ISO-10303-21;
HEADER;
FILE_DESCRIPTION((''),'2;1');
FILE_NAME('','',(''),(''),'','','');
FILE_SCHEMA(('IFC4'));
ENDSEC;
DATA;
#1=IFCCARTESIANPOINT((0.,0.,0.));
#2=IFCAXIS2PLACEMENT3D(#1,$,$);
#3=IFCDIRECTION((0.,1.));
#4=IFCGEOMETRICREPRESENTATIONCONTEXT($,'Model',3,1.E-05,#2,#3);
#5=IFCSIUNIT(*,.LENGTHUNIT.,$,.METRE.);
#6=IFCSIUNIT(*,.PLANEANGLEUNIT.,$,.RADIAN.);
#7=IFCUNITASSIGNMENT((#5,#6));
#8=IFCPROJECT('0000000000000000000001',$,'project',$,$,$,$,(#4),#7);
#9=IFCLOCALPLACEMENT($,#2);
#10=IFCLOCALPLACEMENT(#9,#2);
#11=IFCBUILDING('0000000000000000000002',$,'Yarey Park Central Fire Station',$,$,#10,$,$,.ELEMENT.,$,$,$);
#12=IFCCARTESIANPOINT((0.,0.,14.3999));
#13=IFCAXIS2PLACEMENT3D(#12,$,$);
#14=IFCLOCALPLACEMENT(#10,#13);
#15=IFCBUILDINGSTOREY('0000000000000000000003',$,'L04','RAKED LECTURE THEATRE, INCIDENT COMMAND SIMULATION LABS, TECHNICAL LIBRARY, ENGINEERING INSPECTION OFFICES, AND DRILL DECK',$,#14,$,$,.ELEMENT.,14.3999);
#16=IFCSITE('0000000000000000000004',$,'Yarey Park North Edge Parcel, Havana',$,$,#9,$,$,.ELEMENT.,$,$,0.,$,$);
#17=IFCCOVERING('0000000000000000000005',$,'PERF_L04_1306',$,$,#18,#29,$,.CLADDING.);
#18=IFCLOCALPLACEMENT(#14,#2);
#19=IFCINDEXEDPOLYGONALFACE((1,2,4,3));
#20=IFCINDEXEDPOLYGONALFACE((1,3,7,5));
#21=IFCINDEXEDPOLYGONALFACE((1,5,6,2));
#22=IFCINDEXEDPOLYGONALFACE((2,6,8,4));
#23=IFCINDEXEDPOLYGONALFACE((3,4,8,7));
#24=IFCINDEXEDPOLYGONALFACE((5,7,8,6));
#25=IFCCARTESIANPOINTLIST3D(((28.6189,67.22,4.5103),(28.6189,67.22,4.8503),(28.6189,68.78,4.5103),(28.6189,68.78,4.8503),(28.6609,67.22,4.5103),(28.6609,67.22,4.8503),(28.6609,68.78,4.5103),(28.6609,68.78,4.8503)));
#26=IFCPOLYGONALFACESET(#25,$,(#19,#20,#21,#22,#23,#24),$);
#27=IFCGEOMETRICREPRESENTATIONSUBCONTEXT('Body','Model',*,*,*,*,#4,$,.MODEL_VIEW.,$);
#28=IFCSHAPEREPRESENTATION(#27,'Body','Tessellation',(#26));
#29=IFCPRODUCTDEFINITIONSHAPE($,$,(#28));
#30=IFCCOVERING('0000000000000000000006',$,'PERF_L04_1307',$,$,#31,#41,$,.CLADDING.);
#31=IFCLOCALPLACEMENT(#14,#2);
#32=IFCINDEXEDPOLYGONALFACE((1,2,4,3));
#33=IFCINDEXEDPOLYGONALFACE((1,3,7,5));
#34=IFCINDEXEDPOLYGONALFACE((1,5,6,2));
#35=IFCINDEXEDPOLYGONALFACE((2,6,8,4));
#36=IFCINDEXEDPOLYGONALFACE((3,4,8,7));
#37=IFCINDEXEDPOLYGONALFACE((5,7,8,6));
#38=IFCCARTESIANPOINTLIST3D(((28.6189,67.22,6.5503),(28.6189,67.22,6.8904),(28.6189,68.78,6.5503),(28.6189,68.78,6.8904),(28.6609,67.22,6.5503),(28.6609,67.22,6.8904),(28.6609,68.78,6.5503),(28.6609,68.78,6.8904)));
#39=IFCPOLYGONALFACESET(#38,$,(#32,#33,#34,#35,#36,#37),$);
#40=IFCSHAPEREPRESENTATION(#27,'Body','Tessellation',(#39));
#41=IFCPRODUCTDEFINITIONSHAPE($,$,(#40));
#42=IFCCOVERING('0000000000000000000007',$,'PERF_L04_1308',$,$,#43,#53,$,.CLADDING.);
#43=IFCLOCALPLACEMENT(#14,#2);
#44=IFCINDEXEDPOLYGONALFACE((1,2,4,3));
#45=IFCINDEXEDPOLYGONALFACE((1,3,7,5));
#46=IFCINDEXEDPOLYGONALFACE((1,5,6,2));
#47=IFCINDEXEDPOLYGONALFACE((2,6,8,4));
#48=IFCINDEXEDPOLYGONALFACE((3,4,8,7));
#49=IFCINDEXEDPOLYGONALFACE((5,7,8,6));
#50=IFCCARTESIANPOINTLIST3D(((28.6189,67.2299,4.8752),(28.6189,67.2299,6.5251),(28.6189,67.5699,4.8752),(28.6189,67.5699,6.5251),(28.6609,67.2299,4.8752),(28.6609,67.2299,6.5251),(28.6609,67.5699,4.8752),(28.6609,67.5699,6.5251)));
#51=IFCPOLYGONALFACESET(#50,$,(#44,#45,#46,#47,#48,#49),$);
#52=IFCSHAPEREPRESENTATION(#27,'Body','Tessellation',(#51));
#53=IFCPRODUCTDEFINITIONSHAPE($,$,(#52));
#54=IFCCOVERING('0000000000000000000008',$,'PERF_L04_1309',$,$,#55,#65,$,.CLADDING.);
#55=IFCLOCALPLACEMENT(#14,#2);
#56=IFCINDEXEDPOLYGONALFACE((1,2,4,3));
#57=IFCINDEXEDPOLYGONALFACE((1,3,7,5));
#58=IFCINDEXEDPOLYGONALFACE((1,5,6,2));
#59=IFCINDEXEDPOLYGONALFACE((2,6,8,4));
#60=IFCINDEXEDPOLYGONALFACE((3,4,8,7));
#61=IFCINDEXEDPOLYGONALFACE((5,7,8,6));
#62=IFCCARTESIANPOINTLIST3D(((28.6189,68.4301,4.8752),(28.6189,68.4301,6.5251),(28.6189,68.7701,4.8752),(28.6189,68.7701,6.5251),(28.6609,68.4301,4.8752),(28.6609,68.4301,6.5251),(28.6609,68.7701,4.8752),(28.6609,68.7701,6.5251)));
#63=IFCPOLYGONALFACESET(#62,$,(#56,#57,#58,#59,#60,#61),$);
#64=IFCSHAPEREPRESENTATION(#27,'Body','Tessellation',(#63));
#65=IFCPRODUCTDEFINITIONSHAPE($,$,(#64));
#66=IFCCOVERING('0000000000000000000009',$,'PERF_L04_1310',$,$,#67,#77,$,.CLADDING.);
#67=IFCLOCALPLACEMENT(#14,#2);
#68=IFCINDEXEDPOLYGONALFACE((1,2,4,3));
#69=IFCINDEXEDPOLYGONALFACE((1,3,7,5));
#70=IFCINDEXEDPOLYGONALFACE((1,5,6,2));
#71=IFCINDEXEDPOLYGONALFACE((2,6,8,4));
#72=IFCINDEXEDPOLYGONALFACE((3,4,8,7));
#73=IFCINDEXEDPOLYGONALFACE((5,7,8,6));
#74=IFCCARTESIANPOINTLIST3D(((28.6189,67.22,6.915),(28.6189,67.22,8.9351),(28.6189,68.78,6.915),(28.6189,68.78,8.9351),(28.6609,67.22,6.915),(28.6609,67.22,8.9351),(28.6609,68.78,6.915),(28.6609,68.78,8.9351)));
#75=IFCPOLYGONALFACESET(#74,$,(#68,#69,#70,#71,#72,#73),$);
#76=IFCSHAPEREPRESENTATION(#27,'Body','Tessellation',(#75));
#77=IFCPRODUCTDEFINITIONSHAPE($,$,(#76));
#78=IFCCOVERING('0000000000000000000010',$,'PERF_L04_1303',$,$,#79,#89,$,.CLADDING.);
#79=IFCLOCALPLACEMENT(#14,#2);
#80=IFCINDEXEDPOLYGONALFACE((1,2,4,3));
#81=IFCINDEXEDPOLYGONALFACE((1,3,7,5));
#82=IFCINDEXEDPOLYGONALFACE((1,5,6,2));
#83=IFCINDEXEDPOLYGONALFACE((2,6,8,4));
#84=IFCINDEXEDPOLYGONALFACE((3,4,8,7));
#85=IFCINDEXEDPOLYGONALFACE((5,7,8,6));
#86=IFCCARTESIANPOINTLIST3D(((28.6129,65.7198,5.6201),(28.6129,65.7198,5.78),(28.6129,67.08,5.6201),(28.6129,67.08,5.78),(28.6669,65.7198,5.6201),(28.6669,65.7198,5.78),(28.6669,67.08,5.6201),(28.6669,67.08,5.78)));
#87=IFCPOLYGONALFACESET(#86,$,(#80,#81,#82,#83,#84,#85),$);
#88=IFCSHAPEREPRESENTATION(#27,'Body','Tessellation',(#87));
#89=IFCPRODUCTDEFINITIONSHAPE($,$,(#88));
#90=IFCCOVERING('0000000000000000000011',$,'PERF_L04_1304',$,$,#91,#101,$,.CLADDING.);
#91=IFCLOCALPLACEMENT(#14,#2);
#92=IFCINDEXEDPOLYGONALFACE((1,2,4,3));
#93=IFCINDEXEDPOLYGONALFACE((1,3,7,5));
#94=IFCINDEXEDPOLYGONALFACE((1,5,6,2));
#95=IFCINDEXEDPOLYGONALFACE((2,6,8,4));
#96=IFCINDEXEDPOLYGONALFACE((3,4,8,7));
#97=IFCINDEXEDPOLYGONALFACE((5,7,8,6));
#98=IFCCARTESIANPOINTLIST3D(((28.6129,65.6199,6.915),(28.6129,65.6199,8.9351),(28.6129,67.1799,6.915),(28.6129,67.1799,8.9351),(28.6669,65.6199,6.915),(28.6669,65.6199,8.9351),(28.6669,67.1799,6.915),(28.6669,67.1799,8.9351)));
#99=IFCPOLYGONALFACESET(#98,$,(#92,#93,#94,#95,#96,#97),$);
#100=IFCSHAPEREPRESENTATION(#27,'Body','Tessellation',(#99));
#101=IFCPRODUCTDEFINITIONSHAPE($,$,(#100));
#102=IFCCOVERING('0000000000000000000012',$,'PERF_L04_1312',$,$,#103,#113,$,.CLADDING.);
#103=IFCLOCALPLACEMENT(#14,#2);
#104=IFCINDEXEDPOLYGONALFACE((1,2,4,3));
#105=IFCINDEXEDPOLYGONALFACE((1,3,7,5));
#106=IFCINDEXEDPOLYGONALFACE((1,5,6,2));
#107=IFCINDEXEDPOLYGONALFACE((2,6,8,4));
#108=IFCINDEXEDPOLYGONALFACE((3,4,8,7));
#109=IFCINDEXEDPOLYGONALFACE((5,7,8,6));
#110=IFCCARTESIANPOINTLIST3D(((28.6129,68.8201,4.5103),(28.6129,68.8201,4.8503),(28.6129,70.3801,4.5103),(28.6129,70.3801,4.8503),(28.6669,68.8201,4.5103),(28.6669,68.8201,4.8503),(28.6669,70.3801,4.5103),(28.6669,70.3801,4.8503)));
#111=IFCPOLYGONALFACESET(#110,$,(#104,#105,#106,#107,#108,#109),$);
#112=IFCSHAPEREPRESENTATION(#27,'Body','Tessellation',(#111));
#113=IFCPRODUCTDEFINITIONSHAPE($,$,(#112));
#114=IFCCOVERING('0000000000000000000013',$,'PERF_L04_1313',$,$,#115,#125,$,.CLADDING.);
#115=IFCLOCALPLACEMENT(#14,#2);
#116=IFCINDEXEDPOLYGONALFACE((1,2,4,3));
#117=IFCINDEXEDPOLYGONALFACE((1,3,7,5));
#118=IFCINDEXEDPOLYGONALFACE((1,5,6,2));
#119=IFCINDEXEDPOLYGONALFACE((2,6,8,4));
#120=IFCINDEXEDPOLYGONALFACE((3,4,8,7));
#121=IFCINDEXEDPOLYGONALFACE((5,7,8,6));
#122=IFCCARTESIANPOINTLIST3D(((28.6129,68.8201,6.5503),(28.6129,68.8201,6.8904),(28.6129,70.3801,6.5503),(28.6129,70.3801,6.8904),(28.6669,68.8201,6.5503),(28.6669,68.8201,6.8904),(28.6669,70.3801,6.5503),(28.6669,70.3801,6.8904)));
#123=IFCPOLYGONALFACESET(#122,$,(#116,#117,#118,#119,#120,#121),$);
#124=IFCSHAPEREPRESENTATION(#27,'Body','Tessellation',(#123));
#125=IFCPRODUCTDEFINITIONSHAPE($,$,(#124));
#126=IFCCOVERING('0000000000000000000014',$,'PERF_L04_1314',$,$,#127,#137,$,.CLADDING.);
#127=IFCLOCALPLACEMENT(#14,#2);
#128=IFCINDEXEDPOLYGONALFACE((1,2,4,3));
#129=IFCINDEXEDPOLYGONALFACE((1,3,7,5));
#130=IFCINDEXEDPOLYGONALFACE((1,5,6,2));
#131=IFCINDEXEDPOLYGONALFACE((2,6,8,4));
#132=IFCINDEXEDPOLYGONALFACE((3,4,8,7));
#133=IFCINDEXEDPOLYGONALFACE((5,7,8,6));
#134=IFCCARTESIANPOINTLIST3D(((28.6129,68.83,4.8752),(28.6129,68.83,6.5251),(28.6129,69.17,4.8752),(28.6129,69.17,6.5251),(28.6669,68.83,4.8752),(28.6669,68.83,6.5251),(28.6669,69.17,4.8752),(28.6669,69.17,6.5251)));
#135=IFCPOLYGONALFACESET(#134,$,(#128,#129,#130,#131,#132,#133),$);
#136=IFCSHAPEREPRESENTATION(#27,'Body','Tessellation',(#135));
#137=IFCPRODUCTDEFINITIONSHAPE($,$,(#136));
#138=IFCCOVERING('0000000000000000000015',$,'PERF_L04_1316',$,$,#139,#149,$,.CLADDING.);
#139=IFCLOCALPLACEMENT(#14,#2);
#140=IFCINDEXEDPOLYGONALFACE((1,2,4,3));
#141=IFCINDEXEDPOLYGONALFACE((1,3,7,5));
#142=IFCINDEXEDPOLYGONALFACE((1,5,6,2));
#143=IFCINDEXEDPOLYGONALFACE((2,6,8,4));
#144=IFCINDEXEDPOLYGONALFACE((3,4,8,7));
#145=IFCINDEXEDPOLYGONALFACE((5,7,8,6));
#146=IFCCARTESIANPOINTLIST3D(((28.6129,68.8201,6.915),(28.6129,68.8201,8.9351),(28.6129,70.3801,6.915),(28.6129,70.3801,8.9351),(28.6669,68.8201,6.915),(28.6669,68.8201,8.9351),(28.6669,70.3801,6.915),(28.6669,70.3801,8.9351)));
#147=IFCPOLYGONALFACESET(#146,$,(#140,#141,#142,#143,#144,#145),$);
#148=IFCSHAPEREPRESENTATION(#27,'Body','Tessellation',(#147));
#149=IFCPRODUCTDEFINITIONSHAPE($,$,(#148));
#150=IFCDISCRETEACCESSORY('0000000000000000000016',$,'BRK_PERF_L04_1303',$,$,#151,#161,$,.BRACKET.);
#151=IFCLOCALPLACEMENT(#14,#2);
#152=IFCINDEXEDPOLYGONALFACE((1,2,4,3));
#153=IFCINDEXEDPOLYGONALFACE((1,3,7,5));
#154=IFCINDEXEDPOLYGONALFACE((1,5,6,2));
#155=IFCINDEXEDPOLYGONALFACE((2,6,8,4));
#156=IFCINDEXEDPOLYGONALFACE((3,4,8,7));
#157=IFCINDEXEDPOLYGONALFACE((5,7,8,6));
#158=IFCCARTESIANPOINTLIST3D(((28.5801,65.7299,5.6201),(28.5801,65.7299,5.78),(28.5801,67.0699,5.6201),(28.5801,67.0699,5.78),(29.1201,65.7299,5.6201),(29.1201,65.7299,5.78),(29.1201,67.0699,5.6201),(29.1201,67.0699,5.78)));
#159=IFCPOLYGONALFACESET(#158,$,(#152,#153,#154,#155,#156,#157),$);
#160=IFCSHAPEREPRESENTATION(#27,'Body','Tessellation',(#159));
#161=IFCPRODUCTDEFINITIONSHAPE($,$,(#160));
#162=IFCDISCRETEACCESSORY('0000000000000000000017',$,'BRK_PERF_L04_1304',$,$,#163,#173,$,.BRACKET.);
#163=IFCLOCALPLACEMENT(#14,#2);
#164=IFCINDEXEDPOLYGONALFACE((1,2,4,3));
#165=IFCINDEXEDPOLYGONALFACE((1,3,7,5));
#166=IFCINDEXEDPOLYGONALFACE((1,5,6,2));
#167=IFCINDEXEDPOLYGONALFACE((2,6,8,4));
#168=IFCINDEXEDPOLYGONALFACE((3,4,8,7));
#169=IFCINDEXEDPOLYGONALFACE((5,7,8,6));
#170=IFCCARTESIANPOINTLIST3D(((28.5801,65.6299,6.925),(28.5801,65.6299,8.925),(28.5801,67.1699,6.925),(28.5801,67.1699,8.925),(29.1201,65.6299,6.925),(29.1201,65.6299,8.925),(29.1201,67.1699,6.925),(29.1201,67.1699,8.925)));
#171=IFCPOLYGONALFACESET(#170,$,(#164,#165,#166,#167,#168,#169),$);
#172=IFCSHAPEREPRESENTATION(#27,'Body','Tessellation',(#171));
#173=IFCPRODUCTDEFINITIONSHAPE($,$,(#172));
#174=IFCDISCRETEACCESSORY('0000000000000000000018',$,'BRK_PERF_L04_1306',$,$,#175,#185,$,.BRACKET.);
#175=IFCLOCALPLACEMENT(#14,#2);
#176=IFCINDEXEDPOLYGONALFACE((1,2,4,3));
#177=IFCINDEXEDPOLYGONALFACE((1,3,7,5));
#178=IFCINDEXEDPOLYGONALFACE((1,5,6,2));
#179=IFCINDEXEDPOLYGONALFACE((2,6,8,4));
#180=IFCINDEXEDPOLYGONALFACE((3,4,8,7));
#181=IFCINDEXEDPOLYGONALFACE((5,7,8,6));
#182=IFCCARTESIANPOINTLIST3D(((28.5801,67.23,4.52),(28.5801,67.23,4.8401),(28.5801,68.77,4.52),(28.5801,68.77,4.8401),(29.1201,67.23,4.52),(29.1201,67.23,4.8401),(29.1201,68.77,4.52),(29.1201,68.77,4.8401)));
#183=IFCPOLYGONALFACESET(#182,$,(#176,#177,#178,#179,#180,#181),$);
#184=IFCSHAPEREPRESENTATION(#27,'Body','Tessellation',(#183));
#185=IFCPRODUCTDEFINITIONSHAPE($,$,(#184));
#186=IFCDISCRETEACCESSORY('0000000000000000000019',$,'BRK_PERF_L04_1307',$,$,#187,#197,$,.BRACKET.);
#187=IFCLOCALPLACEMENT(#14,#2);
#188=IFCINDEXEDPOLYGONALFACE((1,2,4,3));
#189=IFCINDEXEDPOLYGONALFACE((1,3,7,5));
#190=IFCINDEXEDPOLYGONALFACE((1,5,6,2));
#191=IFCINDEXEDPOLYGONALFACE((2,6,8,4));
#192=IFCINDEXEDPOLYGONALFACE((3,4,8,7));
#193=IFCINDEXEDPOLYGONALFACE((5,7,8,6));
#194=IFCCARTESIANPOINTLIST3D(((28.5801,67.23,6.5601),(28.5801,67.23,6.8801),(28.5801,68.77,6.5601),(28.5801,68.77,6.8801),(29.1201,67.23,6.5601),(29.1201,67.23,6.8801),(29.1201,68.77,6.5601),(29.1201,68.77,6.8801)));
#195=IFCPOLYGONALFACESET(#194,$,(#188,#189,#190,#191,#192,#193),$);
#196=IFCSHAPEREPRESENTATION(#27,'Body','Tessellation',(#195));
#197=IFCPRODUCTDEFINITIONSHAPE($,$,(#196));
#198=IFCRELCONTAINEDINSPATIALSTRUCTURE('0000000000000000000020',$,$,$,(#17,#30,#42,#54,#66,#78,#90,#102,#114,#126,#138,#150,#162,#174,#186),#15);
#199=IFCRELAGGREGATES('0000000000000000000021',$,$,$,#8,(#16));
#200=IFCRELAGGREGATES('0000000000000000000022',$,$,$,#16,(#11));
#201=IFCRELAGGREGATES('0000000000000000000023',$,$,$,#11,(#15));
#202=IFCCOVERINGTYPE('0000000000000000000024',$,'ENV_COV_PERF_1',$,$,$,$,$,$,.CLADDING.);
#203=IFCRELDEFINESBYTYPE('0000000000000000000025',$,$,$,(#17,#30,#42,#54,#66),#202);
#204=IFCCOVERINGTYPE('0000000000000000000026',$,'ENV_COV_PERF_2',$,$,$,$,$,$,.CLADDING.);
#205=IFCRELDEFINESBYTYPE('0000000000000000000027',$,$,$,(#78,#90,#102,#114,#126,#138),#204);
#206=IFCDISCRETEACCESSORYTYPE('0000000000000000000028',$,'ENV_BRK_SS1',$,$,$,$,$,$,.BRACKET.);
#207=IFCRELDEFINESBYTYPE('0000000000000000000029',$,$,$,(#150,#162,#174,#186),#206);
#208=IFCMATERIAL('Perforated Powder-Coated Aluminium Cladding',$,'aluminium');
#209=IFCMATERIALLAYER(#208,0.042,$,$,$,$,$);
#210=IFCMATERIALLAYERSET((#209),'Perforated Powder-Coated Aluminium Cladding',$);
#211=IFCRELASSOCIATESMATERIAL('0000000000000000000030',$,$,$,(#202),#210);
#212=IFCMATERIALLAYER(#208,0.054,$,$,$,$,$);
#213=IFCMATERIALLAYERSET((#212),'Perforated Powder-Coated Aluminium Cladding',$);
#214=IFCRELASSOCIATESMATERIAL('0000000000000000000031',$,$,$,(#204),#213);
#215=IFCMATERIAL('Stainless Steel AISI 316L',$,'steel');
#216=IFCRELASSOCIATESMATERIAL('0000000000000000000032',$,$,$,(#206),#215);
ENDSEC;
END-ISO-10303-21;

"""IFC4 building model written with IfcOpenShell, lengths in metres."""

from ifc_helpers import new_model, si_unit, direction, frame, origin, origin_2d, place, context, subcontext, project, spatial, rectangle, extrude, material, layer, layer_set, type_object, element, save


model = new_model("IFC4")

# Units and contexts
model_context = context("Model", 3, precision=1e-05, world=origin(), true_north=direction((0.0, 1.0)))
body_context = subcontext(model_context, "Body", "Model", "MODEL_VIEW")
ifc_project = project(units=[si_unit("LENGTHUNIT", "METRE"), si_unit("PLANEANGLEUNIT", "RADIAN")], contexts=[model_context])

# Site, building, storey
site_placement = place(None, origin())
site = spatial("IfcSite", under=ifc_project, at=site_placement, Name="Yarey Park North Edge Parcel, Havana", CompositionType="ELEMENT", RefElevation=0.0)
building_placement = place(site_placement, origin())
building = spatial("IfcBuilding", under=site, at=building_placement, Name="Yarey Park Central Fire Station", CompositionType="ELEMENT")
storey_placement = place(building_placement, frame((0.0, 0.0, 14.3999)))
storey = spatial("IfcBuildingStorey", under=building, at=storey_placement, Name="L04", Description="RAKED LECTURE THEATRE, INCIDENT COMMAND SIMULATION LABS, TECHNICAL LIBRARY, ENGINEERING INSPECTION OFFICES, AND DRILL DECK", CompositionType="ELEMENT", Elevation=14.3999)

# Coverings
ifc_material_1 = material(Name="Perforated Powder-Coated Aluminium Cladding", Category="aluminium")
ifc_layer_1 = layer(ifc_material_1, 0.042)
ifc_layer_set_1 = layer_set([ifc_layer_1], Name="Perforated Powder-Coated Aluminium Cladding")
covering_type_1 = type_object("IfcCoveringType", Name="ENV_COV_PERF_1", PredefinedType="CLADDING", material=ifc_layer_set_1)
for number, where, z_axis, x_axis, name in (
    (1, (28.6399, 68.0, 4.5103), (0.0, 0.0, 1.0), (0.0, 1.0, 0.0), "PERF_L04_1306"),
    (2, (28.6399, 68.0, 6.5503), (0.0, 0.0, 1.0), (0.0, 1.0, 0.0), "PERF_L04_1307"),
):
    element("IfcCovering", number, at=place(storey_placement, frame(where, z_axis=z_axis, x_axis=x_axis)), inside=storey, type_object=covering_type_1, Name=name, PredefinedType="CLADDING", context=body_context, shape_type="SweptSolid", body=[
        extrude(rectangle(XDim=1.5601, YDim=0.042, at=origin_2d()), origin(), (0.0, 0.0, 1.0), 0.3401),
    ])
for number, where, z_axis, x_axis, name in (
    (3, (28.6399, 67.3999, 4.8752), (0.0, 0.0, 1.0), (0.0, 1.0, 0.0), "PERF_L04_1308"),
    (4, (28.6399, 68.6001, 4.8752), (0.0, 0.0, 1.0), (0.0, 1.0, 0.0), "PERF_L04_1309"),
):
    element("IfcCovering", number, at=place(storey_placement, frame(where, z_axis=z_axis, x_axis=x_axis)), inside=storey, type_object=covering_type_1, Name=name, PredefinedType="CLADDING", context=body_context, shape_type="SweptSolid", body=[
        extrude(rectangle(XDim=0.3401, YDim=0.042, at=origin_2d()), origin(), (0.0, 0.0, 1.0), 1.6499),
    ])
covering_1_placement = place(storey_placement, frame((28.6399, 68.0, 6.915), z_axis=(0.0, 0.0, 1.0), x_axis=(0.0, 1.0, 0.0)))
element("IfcCovering", 5, at=covering_1_placement, inside=storey, type_object=covering_type_1, Name="PERF_L04_1310", PredefinedType="CLADDING", context=body_context, shape_type="SweptSolid", body=[
    extrude(rectangle(XDim=1.5601, YDim=0.042, at=origin_2d()), origin(), (0.0, 0.0, 1.0), 2.02),
])
ifc_layer_2 = layer(ifc_material_1, 0.054)
ifc_layer_set_2 = layer_set([ifc_layer_2], Name="Perforated Powder-Coated Aluminium Cladding")
covering_type_2 = type_object("IfcCoveringType", Name="ENV_COV_PERF_2", PredefinedType="CLADDING", material=ifc_layer_set_2)
covering_2_placement = place(storey_placement, frame((28.6399, 66.3999, 5.6201), z_axis=(0.0, 0.0, 1.0), x_axis=(0.0, 1.0, 0.0)))
element("IfcCovering", 6, at=covering_2_placement, inside=storey, type_object=covering_type_2, Name="PERF_L04_1303", PredefinedType="CLADDING", context=body_context, shape_type="SweptSolid", body=[
    extrude(rectangle(XDim=1.3601, YDim=0.054, at=origin_2d()), origin(), (0.0, 0.0, 1.0), 0.1599),
])
covering_3_placement = place(storey_placement, frame((28.6399, 66.3999, 6.915), z_axis=(0.0, 0.0, 1.0), x_axis=(0.0, 1.0, 0.0)))
element("IfcCovering", 7, at=covering_3_placement, inside=storey, type_object=covering_type_2, Name="PERF_L04_1304", PredefinedType="CLADDING", context=body_context, shape_type="SweptSolid", body=[
    extrude(rectangle(XDim=1.5601, YDim=0.054, at=origin_2d()), origin(), (0.0, 0.0, 1.0), 2.02),
])
for number, where, z_axis, x_axis, name in (
    (8, (28.6399, 69.6001, 4.5103), (0.0, 0.0, 1.0), (0.0, 1.0, 0.0), "PERF_L04_1312"),
    (9, (28.6399, 69.6001, 6.5503), (0.0, 0.0, 1.0), (0.0, 1.0, 0.0), "PERF_L04_1313"),
):
    element("IfcCovering", number, at=place(storey_placement, frame(where, z_axis=z_axis, x_axis=x_axis)), inside=storey, type_object=covering_type_2, Name=name, PredefinedType="CLADDING", context=body_context, shape_type="SweptSolid", body=[
        extrude(rectangle(XDim=1.5601, YDim=0.054, at=origin_2d()), origin(), (0.0, 0.0, 1.0), 0.3401),
    ])
covering_4_placement = place(storey_placement, frame((28.6399, 69.0, 4.8752), z_axis=(0.0, 0.0, 1.0), x_axis=(0.0, 1.0, 0.0)))
element("IfcCovering", 10, at=covering_4_placement, inside=storey, type_object=covering_type_2, Name="PERF_L04_1314", PredefinedType="CLADDING", context=body_context, shape_type="SweptSolid", body=[
    extrude(rectangle(XDim=0.3401, YDim=0.054, at=origin_2d()), origin(), (0.0, 0.0, 1.0), 1.6499),
])
covering_5_placement = place(storey_placement, frame((28.6399, 69.6001, 6.915), z_axis=(0.0, 0.0, 1.0), x_axis=(0.0, 1.0, 0.0)))
element("IfcCovering", 11, at=covering_5_placement, inside=storey, type_object=covering_type_2, Name="PERF_L04_1316", PredefinedType="CLADDING", context=body_context, shape_type="SweptSolid", body=[
    extrude(rectangle(XDim=1.5601, YDim=0.054, at=origin_2d()), origin(), (0.0, 0.0, 1.0), 2.02),
])

# Discrete accessories
ifc_material_2 = material(Name="Stainless Steel AISI 316L", Category="steel")
discrete_accessory_type = type_object("IfcDiscreteAccessoryType", Name="ENV_BRK_SS1", PredefinedType="BRACKET", material=ifc_material_2)
discrete_accessory_1_placement = place(storey_placement, frame((28.8501, 66.3999, 5.6201), z_axis=(0.0, 0.0, 1.0), x_axis=(1.0, 0.0, 0.0)))
element("IfcDiscreteAccessory", 12, at=discrete_accessory_1_placement, inside=storey, type_object=discrete_accessory_type, Name="BRK_PERF_L04_1303", PredefinedType="BRACKET", context=body_context, shape_type="SweptSolid", body=[
    extrude(rectangle(XDim=0.54, YDim=1.3401, at=origin_2d()), origin(), (0.0, 0.0, 1.0), 0.1599),
])
discrete_accessory_2_placement = place(storey_placement, frame((28.8501, 66.3999, 6.925), z_axis=(0.0, 0.0, 1.0), x_axis=(1.0, 0.0, 0.0)))
element("IfcDiscreteAccessory", 13, at=discrete_accessory_2_placement, inside=storey, type_object=discrete_accessory_type, Name="BRK_PERF_L04_1304", PredefinedType="BRACKET", context=body_context, shape_type="SweptSolid", body=[
    extrude(rectangle(XDim=0.54, YDim=1.54, at=origin_2d()), origin(), (0.0, 0.0, 1.0), 2.0),
])
for number, where, z_axis, x_axis, name in (
    (14, (28.8501, 68.0, 4.52), (0.0, 0.0, 1.0), (1.0, 0.0, 0.0), "BRK_PERF_L04_1306"),
    (15, (28.8501, 68.0, 6.5601), (0.0, 0.0, 1.0), (1.0, 0.0, 0.0), "BRK_PERF_L04_1307"),
):
    element("IfcDiscreteAccessory", number, at=place(storey_placement, frame(where, z_axis=z_axis, x_axis=x_axis)), inside=storey, type_object=discrete_accessory_type, Name=name, PredefinedType="BRACKET", context=body_context, shape_type="SweptSolid", body=[
        extrude(rectangle(XDim=0.54, YDim=1.54, at=origin_2d()), origin(), (0.0, 0.0, 1.0), 0.3201),
    ])

save(model, "model.ifc")
